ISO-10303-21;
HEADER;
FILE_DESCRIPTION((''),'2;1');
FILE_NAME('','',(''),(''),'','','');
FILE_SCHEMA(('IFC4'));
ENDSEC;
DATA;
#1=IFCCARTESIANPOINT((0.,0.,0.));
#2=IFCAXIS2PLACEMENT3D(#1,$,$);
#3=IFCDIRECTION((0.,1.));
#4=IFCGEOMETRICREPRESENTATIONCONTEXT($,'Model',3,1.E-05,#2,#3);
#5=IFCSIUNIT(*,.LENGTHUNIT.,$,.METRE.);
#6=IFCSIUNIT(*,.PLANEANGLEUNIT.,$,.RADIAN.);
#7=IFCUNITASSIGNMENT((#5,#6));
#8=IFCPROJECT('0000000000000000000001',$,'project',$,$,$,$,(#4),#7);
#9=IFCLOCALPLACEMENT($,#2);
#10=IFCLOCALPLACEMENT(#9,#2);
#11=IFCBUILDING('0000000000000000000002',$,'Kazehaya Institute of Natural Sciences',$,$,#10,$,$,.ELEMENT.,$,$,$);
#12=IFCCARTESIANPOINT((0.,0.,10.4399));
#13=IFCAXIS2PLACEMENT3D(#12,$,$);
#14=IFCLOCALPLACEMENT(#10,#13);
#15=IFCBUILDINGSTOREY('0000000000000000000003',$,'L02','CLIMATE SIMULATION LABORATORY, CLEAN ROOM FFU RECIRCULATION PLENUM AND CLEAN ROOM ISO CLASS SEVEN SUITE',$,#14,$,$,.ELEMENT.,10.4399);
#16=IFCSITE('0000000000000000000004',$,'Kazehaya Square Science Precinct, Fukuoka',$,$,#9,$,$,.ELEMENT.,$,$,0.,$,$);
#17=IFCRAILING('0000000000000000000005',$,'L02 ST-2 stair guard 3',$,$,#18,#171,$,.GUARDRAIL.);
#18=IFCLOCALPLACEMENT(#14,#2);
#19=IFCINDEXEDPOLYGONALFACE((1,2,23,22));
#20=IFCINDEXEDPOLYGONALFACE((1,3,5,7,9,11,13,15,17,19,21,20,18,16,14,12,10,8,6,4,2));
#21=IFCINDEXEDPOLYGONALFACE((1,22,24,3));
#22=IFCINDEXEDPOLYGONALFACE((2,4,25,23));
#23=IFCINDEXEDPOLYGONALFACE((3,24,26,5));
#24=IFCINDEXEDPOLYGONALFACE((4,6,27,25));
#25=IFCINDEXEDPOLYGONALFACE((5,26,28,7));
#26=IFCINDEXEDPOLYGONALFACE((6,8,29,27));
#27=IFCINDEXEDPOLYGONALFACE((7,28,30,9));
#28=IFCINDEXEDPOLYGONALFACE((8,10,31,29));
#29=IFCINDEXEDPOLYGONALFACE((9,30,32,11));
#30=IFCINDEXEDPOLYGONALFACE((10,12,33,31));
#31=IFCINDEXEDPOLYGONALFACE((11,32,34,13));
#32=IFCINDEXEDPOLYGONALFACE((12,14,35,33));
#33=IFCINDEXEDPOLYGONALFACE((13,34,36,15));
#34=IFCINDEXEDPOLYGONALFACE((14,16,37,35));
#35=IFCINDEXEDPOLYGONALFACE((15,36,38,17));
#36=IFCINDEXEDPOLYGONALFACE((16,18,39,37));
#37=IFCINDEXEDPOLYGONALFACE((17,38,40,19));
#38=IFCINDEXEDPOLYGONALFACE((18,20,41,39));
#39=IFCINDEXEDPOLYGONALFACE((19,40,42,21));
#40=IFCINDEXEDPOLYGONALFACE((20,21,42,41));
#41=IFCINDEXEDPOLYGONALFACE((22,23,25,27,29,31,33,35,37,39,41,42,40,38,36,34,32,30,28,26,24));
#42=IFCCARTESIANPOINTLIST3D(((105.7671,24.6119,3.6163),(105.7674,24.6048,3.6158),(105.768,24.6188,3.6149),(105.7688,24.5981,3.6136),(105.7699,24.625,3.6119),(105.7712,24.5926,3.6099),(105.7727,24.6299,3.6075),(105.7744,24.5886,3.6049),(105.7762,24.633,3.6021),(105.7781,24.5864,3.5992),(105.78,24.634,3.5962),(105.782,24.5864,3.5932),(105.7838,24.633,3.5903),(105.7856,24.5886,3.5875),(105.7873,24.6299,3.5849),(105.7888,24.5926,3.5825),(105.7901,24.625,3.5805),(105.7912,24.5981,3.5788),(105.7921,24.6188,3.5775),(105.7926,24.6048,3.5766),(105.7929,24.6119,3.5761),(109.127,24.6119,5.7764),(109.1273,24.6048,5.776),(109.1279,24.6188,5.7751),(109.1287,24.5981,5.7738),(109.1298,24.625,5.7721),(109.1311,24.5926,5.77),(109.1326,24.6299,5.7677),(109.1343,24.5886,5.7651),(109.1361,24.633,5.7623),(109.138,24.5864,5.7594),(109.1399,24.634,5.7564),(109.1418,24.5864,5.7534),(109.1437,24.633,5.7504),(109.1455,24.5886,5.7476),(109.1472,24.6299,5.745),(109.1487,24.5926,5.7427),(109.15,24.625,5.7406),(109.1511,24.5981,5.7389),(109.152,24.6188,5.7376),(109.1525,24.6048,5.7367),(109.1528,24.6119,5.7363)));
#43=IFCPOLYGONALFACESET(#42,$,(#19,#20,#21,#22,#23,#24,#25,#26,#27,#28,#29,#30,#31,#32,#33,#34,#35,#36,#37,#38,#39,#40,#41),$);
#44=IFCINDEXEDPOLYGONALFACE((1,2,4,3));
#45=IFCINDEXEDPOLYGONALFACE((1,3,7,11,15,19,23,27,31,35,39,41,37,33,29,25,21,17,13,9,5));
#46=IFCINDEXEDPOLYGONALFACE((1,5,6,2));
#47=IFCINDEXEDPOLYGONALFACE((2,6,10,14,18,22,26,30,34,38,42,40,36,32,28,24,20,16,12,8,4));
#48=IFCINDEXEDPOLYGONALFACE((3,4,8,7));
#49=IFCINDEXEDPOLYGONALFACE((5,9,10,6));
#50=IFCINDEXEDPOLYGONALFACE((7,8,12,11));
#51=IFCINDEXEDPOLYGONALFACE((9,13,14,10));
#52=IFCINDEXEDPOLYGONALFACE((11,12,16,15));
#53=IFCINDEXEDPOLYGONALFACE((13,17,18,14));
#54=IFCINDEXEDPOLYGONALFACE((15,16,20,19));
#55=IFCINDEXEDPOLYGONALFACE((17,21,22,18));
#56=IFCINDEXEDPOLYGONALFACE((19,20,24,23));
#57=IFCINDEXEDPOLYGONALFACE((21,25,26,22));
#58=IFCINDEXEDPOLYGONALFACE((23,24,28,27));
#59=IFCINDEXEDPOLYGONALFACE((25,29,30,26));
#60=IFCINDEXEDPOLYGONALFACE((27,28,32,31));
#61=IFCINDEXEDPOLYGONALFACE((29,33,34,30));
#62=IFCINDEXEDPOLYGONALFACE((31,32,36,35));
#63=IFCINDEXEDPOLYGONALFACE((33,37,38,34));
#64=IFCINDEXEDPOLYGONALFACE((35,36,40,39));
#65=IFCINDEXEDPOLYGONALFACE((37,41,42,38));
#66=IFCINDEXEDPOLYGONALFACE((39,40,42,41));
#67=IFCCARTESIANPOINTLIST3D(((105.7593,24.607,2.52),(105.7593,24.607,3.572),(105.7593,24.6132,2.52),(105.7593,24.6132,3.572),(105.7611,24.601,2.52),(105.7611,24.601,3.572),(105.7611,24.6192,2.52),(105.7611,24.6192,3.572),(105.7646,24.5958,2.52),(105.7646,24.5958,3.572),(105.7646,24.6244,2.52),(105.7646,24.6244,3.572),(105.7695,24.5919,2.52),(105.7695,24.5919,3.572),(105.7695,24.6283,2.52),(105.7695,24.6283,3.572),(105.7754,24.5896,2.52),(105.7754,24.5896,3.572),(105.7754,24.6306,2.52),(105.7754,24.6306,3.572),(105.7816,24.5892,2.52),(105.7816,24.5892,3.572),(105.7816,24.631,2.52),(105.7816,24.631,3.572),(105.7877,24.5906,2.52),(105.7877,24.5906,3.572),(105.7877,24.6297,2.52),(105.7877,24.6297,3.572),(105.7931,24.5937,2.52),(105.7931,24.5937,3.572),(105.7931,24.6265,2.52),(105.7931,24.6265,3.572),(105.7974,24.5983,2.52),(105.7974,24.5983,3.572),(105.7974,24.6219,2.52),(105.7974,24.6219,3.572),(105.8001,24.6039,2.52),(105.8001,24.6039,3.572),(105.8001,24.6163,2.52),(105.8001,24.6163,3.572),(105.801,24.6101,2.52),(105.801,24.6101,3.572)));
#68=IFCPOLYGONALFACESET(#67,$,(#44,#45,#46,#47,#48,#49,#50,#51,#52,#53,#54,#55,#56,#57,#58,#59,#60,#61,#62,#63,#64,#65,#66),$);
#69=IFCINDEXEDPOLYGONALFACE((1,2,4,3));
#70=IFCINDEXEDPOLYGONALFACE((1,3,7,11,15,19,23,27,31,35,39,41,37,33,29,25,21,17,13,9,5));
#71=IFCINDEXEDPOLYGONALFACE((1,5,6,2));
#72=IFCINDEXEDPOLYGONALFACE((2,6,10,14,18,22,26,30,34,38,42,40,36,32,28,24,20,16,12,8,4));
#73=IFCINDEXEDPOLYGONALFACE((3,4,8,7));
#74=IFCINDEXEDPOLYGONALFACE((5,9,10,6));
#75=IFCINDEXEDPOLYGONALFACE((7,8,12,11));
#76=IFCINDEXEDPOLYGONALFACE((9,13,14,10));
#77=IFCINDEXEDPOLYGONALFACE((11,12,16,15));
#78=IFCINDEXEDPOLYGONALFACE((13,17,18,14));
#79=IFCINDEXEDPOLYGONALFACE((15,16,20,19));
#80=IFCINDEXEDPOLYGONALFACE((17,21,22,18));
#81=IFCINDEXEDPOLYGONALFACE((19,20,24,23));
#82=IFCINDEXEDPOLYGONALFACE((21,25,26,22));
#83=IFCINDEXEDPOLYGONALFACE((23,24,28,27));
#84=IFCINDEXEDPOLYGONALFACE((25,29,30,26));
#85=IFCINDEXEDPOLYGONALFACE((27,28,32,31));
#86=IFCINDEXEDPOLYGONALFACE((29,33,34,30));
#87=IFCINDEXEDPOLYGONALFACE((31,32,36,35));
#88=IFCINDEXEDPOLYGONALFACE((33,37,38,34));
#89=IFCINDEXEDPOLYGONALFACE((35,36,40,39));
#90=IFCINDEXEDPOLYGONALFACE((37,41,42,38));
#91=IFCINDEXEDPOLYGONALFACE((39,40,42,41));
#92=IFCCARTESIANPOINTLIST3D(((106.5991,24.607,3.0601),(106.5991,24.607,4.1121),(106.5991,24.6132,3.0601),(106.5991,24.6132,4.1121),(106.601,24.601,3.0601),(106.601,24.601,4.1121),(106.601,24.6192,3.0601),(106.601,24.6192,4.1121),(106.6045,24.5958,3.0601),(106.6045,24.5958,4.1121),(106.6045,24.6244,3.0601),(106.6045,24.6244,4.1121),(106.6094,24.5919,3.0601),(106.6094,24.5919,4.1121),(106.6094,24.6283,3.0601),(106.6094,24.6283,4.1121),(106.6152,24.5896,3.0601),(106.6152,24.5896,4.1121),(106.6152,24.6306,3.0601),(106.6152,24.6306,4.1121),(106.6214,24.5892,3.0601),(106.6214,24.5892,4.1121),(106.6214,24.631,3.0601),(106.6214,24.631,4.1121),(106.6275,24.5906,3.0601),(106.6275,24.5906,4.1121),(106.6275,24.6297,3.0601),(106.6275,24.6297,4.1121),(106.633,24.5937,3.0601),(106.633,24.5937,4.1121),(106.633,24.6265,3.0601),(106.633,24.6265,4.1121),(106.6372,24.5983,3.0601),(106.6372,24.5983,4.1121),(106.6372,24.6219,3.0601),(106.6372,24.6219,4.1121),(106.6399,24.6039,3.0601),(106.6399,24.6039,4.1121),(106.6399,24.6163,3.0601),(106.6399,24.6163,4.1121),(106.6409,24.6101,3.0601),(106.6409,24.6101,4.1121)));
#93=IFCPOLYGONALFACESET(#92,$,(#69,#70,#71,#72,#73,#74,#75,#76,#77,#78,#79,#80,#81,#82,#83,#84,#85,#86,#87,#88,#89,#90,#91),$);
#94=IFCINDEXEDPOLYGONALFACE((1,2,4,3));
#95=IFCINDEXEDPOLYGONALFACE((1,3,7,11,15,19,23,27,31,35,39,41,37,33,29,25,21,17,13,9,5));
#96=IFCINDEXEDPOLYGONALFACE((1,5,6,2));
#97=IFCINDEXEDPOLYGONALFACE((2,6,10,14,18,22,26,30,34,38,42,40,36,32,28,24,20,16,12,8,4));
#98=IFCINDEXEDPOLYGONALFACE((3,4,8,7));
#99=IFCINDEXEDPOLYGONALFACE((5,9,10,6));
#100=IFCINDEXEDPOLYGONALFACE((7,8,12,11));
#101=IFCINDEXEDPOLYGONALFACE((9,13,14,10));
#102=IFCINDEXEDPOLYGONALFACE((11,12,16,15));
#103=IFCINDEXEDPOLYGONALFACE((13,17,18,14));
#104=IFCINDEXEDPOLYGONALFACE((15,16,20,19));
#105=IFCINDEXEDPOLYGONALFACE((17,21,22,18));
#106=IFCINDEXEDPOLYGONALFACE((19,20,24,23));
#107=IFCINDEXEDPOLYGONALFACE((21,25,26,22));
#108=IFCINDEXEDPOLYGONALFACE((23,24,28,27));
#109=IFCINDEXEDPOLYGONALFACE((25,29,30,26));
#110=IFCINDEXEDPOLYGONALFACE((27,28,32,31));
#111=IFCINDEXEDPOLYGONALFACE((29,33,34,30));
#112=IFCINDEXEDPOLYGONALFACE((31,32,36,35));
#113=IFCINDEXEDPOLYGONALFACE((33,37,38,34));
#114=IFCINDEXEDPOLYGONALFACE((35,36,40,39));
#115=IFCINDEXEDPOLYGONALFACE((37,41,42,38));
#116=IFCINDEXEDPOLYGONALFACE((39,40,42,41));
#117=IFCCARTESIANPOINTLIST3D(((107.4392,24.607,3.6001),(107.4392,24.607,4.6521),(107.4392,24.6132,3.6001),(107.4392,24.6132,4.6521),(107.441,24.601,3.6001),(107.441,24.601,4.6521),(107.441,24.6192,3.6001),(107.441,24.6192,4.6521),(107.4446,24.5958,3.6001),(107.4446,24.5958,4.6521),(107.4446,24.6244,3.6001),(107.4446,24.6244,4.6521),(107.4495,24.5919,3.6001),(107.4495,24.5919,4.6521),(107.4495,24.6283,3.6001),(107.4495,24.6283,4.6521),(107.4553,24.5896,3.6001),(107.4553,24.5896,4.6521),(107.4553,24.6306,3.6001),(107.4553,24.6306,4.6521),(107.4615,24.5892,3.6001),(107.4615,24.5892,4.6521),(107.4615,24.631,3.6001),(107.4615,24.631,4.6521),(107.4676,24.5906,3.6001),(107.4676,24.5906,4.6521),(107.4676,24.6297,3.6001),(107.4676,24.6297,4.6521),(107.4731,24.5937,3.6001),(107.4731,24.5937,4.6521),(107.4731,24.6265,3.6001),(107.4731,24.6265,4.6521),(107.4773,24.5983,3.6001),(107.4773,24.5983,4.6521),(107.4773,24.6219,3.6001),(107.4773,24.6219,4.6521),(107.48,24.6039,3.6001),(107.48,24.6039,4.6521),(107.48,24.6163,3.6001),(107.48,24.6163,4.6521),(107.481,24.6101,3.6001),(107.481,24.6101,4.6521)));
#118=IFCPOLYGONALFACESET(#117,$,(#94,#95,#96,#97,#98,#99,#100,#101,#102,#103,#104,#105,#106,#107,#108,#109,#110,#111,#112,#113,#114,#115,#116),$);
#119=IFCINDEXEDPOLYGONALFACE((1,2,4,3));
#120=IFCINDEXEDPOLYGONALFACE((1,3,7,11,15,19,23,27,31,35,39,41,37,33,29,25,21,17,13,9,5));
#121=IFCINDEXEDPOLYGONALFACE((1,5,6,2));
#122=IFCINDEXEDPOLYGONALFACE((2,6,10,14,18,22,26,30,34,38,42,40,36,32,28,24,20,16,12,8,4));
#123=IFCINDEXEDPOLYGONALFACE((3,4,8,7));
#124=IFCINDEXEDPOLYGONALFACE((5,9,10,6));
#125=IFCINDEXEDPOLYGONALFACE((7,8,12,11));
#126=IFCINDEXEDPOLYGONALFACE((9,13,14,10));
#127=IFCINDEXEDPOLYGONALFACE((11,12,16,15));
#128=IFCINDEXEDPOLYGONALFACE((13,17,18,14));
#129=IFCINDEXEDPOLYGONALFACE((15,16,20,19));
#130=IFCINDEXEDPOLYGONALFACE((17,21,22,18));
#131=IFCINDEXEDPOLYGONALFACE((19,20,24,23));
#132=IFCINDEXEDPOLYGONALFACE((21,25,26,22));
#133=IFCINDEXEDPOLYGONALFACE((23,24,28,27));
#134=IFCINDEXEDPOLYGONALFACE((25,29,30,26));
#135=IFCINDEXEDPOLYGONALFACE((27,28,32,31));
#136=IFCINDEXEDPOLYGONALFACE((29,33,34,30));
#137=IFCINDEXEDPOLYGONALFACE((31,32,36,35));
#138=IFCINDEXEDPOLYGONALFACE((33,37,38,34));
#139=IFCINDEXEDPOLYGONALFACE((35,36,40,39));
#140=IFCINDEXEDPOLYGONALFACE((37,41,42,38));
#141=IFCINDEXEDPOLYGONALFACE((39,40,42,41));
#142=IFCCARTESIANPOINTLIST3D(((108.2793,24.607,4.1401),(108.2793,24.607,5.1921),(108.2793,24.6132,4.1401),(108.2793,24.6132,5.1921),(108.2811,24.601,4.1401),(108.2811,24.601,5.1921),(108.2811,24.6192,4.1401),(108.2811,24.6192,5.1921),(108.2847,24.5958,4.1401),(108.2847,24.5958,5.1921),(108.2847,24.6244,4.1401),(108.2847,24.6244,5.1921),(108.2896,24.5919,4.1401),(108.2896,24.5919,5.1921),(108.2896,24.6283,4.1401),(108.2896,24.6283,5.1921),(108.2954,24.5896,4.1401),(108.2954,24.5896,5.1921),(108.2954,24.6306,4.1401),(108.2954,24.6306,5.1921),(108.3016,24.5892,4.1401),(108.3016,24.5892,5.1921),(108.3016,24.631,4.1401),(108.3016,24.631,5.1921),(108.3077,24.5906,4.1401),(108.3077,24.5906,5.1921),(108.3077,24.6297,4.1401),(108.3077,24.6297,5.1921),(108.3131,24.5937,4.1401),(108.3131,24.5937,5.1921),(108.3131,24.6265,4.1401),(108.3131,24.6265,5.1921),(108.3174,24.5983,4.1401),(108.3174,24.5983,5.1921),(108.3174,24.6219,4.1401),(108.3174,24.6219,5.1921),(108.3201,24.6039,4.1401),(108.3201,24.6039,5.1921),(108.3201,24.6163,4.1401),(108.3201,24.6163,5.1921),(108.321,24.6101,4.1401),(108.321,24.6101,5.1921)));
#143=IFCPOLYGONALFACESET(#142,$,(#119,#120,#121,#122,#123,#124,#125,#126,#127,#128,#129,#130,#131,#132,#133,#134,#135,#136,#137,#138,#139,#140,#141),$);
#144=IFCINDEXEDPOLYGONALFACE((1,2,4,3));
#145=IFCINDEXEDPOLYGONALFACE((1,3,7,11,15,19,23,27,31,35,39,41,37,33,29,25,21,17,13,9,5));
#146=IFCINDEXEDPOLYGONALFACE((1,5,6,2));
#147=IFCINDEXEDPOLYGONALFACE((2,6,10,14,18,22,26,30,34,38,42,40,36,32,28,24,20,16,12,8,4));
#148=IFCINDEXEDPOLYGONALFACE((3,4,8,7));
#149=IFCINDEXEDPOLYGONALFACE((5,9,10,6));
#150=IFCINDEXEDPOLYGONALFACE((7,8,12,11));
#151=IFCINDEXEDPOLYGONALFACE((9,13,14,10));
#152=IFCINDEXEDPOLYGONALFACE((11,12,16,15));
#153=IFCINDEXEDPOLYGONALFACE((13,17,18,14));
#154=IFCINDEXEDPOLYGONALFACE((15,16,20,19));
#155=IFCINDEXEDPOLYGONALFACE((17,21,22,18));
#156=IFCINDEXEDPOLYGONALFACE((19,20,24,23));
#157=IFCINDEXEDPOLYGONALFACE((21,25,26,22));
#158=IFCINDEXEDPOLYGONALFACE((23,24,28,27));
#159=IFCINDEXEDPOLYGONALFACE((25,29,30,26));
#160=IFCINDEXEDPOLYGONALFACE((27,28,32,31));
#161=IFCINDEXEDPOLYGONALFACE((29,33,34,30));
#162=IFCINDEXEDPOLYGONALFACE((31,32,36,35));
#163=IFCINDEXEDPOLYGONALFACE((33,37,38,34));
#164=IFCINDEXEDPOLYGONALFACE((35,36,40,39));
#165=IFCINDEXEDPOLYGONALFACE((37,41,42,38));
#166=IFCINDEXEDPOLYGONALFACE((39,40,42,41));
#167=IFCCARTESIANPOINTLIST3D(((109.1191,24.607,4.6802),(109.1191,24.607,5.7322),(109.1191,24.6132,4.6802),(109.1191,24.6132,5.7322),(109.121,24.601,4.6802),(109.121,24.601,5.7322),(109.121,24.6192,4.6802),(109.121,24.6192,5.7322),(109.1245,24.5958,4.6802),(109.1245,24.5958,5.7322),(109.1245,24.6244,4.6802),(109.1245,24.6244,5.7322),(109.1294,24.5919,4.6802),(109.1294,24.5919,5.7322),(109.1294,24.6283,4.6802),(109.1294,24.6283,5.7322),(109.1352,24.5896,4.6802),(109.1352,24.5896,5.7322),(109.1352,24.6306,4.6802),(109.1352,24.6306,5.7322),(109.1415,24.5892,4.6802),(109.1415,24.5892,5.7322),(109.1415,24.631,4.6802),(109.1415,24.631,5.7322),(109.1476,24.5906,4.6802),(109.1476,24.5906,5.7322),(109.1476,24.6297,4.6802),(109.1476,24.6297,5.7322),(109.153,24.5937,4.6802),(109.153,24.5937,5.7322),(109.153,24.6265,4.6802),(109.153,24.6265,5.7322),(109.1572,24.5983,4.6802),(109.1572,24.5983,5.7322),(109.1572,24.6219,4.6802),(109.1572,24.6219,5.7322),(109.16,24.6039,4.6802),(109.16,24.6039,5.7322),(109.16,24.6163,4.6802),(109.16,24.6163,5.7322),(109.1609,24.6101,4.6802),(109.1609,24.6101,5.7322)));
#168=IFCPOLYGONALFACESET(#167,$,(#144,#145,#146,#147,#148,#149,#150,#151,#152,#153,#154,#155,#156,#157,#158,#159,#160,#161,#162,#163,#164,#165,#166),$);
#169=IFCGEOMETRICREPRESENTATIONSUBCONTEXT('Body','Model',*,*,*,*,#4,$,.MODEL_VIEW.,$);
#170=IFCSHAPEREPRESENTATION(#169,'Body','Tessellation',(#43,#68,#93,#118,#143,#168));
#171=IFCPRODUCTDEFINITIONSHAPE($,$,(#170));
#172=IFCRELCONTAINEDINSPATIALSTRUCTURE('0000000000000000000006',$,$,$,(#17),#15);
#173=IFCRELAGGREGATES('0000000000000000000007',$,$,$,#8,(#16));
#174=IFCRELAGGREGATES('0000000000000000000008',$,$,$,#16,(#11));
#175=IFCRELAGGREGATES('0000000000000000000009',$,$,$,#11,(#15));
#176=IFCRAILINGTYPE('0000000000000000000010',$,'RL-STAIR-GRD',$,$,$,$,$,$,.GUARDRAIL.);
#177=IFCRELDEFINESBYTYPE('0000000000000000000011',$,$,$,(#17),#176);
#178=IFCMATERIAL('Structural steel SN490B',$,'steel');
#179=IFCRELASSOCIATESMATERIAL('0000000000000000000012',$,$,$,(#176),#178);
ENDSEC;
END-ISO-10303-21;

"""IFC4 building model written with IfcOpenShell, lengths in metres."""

from ifc_helpers import new_model, si_unit, direction, frame, origin, origin_2d, place, context, subcontext, project, spatial, circle, extrude, material, type_object, element, save


model = new_model("IFC4")

# Units and contexts
model_context = context("Model", 3, precision=1e-05, world=origin(), true_north=direction((0.0, 1.0)))
body_context = subcontext(model_context, "Body", "Model", "MODEL_VIEW")
ifc_project = project(units=[si_unit("LENGTHUNIT", "METRE"), si_unit("PLANEANGLEUNIT", "RADIAN")], contexts=[model_context])

# Site, building, storey
site_placement = place(None, origin())
site = spatial("IfcSite", under=ifc_project, at=site_placement, Name="Kazehaya Square Science Precinct, Fukuoka", CompositionType="ELEMENT", RefElevation=0.0)
building_placement = place(site_placement, origin())
building = spatial("IfcBuilding", under=site, at=building_placement, Name="Kazehaya Institute of Natural Sciences", CompositionType="ELEMENT")
storey_placement = place(building_placement, frame((0.0, 0.0, 10.4399)))
storey = spatial("IfcBuildingStorey", under=building, at=storey_placement, Name="L02", Description="CLIMATE SIMULATION LABORATORY, CLEAN ROOM FFU RECIRCULATION PLENUM AND CLEAN ROOM ISO CLASS SEVEN SUITE", CompositionType="ELEMENT", Elevation=10.4399)

# Railing
ifc_material_1 = material(Name="Structural steel SN490B", Category="steel")
railing_type_1 = type_object("IfcRailingType", Name="RL-STAIR-GRD", PredefinedType="GUARDRAIL", material=ifc_material_1)
railing_1_placement = place(storey_placement, frame((105.78, 24.6101, 2.52)))
element("IfcRailing", 1, at=railing_1_placement, inside=storey, type_object=railing_type_1, Name="L02 ST-2 stair guard 3", PredefinedType="GUARDRAIL", context=body_context, shape_type="SweptSolid", body=[
    extrude(circle(Radius=0.0239, at=origin_2d()), frame((0.0, 0.0, 1.0762), z_axis=(0.841151, 0.0, 0.540801), x_axis=(0.0, 1.0, 0.0)), (0.0, 0.0, 1.0), 3.9944),
    extrude(circle(Radius=0.021, at=origin_2d()), origin(), (0.0, 0.0, 1.0), 1.052),
    extrude(circle(Radius=0.021, at=origin_2d()), frame((0.8398, 0.0, 0.54)), (0.0, 0.0, 1.0), 1.052),
    extrude(circle(Radius=0.021, at=origin_2d()), frame((1.6799, 0.0, 1.0801)), (0.0, 0.0, 1.0), 1.052),
    extrude(circle(Radius=0.021, at=origin_2d()), frame((2.52, 0.0, 1.6201)), (0.0, 0.0, 1.0), 1.052),
    extrude(circle(Radius=0.021, at=origin_2d()), frame((3.3599, 0.0, 2.1602)), (0.0, 0.0, 1.0), 1.052),
])

save(model, "model.ifc")
